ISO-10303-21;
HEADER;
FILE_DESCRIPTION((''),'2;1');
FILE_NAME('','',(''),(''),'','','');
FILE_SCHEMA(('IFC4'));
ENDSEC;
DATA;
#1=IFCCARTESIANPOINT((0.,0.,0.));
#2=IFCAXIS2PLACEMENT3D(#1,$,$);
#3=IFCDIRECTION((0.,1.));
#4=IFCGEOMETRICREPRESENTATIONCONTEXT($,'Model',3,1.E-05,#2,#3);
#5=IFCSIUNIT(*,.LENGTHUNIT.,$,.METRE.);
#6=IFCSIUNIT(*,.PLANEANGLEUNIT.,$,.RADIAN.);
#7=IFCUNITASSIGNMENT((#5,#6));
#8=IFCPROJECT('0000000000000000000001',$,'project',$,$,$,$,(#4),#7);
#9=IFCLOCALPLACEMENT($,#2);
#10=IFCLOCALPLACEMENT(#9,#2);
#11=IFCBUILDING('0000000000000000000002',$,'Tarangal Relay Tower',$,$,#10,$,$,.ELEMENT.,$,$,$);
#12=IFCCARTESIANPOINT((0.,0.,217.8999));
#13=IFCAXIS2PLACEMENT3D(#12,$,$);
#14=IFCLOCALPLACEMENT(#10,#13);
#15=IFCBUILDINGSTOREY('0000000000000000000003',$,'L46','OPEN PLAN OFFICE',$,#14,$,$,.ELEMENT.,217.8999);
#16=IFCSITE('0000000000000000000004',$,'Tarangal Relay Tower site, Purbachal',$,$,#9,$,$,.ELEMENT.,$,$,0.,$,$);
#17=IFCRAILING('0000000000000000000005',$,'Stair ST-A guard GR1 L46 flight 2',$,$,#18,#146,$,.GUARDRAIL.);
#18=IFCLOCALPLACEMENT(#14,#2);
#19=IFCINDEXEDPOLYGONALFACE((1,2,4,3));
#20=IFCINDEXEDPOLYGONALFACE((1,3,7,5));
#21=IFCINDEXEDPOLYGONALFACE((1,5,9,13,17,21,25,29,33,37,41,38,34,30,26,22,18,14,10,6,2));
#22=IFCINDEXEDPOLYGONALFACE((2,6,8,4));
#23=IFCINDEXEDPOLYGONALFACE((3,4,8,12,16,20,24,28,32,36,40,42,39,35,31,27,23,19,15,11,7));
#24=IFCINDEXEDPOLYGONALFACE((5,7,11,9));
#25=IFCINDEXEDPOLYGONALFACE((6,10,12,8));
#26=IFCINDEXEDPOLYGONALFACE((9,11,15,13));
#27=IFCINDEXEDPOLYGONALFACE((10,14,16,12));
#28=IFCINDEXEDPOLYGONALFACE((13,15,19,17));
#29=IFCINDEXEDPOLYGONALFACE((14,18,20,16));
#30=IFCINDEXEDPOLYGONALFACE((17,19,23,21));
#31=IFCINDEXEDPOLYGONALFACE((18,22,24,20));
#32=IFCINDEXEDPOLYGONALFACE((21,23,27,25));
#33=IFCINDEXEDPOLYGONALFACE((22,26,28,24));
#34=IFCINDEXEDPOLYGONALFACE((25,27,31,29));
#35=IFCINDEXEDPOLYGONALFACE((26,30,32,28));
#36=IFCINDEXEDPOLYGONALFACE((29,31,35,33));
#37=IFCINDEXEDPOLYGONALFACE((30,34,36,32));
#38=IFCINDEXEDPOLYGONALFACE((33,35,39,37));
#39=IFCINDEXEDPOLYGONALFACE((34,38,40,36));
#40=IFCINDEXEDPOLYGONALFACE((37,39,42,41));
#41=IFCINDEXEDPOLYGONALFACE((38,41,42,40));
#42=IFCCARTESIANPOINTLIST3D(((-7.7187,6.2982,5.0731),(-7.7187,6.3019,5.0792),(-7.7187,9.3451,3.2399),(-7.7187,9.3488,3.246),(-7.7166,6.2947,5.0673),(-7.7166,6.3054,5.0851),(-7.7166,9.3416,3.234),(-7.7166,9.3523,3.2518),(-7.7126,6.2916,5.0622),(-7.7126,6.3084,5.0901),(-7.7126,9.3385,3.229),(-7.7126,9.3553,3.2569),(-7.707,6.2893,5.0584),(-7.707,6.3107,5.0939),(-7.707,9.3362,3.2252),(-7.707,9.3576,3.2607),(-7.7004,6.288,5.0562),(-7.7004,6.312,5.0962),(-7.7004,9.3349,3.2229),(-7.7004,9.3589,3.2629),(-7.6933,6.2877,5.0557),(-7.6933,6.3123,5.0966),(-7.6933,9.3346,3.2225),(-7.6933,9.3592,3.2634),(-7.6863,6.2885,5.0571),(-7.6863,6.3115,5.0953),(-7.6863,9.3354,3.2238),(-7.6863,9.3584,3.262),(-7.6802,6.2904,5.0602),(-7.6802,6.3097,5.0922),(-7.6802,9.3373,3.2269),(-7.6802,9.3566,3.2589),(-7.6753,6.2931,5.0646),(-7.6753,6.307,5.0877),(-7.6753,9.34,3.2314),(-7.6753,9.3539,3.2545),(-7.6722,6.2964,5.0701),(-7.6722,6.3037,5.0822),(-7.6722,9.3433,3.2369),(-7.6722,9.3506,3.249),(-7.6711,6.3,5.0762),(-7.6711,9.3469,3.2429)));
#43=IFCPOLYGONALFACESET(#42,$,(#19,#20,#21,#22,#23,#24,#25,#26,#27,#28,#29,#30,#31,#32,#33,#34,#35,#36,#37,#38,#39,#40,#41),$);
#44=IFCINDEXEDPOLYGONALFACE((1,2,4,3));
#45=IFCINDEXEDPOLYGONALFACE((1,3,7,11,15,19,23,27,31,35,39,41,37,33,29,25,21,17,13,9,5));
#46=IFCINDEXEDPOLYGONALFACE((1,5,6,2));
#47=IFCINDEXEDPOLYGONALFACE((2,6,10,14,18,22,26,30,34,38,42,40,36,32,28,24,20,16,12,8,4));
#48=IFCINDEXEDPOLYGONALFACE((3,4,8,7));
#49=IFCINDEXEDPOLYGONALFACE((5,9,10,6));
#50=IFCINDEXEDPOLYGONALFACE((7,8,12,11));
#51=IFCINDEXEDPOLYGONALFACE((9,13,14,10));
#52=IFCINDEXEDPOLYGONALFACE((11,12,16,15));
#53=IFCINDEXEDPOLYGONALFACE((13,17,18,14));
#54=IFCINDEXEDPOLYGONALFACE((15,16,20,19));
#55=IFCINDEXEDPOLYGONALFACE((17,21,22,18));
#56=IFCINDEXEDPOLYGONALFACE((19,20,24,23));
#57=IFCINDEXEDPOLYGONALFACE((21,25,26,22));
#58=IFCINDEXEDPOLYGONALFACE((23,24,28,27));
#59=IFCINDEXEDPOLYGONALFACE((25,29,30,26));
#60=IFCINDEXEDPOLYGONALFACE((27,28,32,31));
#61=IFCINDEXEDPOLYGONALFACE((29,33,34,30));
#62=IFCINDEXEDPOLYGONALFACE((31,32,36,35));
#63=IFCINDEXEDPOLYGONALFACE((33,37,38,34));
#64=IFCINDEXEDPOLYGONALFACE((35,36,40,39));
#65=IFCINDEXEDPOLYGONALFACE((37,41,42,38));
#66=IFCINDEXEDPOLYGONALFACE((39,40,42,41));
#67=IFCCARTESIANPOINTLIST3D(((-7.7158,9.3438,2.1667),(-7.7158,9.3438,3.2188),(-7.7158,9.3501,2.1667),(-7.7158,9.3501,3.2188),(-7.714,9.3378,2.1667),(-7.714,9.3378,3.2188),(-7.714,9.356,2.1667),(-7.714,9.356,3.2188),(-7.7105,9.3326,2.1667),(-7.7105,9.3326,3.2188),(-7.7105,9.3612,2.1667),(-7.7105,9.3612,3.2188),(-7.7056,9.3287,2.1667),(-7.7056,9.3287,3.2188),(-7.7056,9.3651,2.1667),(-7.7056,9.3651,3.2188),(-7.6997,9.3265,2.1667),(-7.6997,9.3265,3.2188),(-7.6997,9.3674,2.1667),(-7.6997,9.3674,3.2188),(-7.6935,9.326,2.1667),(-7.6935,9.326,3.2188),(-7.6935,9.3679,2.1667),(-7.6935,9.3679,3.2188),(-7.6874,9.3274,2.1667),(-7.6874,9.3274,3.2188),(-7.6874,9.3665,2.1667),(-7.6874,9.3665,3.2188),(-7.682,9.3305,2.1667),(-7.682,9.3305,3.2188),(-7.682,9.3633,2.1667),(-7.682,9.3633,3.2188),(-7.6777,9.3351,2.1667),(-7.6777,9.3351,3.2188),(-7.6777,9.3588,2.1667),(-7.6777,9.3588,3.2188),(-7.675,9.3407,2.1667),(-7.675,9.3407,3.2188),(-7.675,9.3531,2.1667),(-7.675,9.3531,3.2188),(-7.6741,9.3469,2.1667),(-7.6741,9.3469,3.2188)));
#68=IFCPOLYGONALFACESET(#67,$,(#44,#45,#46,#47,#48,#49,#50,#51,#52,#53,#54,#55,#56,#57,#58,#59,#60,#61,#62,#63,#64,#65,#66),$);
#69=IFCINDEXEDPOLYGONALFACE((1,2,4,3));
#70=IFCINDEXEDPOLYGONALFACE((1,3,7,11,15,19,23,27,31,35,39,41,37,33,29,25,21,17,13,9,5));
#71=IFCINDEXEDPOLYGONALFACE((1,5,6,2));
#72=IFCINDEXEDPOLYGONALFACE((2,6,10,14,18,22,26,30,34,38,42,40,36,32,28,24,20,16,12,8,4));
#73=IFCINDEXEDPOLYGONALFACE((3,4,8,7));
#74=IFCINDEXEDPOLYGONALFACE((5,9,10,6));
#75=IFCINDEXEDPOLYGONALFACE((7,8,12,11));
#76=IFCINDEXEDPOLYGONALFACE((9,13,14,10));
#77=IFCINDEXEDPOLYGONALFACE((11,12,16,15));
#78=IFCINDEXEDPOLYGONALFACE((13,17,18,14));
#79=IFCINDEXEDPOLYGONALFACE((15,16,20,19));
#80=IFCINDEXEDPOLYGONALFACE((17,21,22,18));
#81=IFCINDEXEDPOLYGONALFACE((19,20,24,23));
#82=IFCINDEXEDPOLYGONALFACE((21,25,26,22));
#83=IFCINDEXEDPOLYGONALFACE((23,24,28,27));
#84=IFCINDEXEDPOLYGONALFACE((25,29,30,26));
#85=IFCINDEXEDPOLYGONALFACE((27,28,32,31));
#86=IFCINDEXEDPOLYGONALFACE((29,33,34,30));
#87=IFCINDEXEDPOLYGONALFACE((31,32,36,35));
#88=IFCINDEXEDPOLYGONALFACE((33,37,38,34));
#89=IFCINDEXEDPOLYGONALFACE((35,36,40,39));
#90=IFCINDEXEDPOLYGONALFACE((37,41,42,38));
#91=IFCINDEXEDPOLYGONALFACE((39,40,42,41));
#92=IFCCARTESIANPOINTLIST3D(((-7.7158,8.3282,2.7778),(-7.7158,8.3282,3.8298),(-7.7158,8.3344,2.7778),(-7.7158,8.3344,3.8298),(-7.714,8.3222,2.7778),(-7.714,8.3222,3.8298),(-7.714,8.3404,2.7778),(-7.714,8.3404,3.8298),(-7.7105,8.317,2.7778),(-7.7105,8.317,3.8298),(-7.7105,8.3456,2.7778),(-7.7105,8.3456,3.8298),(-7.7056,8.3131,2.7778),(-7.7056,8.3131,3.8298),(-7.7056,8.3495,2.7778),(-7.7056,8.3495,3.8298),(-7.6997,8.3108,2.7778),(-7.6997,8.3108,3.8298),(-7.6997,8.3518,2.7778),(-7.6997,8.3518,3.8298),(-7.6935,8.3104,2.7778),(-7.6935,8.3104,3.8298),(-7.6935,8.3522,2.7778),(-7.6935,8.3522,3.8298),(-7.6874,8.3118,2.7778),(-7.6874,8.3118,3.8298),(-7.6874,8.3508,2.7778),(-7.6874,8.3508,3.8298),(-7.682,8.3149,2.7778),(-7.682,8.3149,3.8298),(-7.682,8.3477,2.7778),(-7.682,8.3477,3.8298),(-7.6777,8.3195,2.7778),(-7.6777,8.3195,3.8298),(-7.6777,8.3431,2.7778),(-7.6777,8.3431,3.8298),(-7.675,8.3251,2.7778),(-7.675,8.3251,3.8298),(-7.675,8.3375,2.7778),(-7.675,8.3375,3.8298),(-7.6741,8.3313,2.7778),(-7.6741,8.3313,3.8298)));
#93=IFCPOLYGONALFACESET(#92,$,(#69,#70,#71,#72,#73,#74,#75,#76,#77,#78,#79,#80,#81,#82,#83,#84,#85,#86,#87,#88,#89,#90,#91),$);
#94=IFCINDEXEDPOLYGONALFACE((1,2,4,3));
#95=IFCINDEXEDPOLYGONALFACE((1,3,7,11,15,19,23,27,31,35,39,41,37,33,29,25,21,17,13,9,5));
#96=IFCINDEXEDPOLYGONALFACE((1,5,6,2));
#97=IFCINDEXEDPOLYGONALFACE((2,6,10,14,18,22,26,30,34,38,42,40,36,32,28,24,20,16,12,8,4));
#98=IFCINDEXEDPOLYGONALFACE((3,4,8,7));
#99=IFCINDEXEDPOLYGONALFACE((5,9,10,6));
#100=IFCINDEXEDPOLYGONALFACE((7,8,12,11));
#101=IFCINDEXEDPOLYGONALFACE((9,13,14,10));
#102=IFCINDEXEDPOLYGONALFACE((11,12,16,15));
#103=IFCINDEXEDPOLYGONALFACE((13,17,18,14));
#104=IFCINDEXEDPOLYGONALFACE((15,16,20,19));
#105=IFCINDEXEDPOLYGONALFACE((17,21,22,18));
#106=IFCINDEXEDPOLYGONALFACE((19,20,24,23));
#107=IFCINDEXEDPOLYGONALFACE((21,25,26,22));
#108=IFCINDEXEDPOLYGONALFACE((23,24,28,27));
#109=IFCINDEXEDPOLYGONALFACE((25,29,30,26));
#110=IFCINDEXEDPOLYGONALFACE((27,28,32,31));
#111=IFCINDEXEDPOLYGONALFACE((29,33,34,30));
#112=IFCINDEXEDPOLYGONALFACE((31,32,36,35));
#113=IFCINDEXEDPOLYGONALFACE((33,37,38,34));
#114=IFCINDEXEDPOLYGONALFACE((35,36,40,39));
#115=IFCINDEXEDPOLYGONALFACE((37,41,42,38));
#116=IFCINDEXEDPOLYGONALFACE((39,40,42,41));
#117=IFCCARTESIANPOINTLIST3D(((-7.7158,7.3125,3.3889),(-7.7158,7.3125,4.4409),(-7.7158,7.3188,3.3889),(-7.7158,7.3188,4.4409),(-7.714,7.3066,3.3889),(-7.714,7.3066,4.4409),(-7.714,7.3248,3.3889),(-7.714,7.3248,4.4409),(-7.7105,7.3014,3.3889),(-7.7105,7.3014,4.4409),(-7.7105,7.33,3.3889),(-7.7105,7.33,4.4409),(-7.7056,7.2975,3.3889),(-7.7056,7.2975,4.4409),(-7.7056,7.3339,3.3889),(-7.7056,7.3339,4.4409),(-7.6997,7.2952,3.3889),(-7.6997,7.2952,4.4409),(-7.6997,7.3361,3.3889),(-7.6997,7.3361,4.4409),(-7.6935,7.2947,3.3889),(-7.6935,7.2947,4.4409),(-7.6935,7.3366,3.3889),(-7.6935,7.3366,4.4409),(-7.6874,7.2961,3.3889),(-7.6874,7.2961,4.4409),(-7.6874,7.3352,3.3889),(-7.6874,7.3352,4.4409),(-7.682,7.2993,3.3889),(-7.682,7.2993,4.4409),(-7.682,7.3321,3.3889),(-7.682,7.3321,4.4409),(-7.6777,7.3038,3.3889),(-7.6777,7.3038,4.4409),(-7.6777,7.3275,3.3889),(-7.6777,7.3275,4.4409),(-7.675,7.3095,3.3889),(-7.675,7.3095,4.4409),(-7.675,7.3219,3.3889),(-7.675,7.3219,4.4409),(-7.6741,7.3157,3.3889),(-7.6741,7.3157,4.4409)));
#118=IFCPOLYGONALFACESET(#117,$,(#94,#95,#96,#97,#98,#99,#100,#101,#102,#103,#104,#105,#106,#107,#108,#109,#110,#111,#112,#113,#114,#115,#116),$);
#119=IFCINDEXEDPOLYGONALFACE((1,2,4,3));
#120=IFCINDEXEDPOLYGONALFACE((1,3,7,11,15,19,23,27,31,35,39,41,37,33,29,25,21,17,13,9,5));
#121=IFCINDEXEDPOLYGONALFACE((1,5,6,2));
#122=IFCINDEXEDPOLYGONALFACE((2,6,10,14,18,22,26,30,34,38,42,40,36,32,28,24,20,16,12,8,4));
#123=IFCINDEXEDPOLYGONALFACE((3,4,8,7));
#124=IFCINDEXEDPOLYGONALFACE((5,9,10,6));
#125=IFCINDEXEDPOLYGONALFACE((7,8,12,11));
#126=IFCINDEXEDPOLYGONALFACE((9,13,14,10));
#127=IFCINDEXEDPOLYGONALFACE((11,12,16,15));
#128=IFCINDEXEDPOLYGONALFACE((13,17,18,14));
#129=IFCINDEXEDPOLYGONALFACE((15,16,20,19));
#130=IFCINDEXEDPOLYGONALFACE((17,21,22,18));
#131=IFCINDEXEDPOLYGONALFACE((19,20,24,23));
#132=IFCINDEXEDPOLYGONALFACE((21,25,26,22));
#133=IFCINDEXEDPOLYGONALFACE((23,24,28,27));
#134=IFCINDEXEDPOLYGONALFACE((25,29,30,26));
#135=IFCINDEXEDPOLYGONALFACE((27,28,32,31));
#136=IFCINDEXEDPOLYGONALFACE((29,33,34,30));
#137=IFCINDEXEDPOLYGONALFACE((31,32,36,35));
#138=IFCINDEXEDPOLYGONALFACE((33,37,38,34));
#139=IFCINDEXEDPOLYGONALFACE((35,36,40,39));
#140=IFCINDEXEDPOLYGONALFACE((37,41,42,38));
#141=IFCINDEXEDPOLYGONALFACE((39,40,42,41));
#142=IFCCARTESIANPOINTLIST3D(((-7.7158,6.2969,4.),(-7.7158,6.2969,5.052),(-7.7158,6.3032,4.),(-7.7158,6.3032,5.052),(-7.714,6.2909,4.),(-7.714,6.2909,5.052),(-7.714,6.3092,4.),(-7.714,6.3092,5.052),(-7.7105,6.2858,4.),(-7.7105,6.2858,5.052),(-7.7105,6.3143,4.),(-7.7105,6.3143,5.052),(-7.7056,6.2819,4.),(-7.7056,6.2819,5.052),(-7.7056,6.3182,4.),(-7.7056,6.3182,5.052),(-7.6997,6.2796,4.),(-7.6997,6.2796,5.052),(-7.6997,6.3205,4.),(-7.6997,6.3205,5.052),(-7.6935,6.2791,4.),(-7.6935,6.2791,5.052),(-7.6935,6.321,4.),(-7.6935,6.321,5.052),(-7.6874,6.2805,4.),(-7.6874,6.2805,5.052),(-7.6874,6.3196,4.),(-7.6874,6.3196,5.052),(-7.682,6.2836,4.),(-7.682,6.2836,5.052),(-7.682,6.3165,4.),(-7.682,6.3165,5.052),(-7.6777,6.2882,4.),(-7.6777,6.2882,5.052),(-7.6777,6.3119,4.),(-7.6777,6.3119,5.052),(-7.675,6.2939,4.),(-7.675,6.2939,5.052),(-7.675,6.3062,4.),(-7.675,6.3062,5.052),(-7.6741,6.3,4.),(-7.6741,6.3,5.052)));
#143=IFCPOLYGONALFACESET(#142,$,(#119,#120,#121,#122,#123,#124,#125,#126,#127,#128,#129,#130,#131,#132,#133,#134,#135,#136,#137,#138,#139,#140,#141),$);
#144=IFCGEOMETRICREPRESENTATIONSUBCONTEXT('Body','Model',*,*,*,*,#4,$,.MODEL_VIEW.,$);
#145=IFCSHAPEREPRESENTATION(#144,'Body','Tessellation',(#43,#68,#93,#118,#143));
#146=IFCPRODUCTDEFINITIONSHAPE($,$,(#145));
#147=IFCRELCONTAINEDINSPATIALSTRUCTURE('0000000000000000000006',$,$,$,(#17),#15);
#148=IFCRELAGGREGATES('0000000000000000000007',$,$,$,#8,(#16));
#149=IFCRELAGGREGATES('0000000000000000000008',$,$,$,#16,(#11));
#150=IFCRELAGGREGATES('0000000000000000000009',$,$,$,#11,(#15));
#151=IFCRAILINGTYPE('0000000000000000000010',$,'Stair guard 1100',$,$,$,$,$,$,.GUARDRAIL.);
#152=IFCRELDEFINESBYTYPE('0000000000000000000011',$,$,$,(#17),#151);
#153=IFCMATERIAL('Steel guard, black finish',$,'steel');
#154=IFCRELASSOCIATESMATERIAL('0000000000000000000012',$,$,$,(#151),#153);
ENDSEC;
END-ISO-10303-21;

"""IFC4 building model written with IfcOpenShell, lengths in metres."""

from ifc_helpers import new_model, si_unit, direction, frame, origin, origin_2d, place, context, subcontext, project, spatial, circle, extrude, material, type_object, element, save


model = new_model("IFC4")

# Units and contexts
model_context = context("Model", 3, precision=1e-05, world=origin(), true_north=direction((0.0, 1.0)))
body_context = subcontext(model_context, "Body", "Model", "MODEL_VIEW")
ifc_project = project(units=[si_unit("LENGTHUNIT", "METRE"), si_unit("PLANEANGLEUNIT", "RADIAN")], contexts=[model_context])

# Site, building, storey
site_placement = place(None, origin())
site = spatial("IfcSite", under=ifc_project, at=site_placement, Name="Tarangal Relay Tower site, Purbachal", CompositionType="ELEMENT", RefElevation=0.0)
building_placement = place(site_placement, origin())
building = spatial("IfcBuilding", under=site, at=building_placement, Name="Tarangal Relay Tower", CompositionType="ELEMENT")
storey_placement = place(building_placement, frame((0.0, 0.0, 217.8999)))
storey = spatial("IfcBuildingStorey", under=building, at=storey_placement, Name="L46", Description="OPEN PLAN OFFICE", CompositionType="ELEMENT", Elevation=217.8999)

# Railing
ifc_material_1 = material(Name="Steel guard, black finish", Category="steel")
railing_type_1 = type_object("IfcRailingType", Name="Stair guard 1100", PredefinedType="GUARDRAIL", material=ifc_material_1)
railing_1_placement = place(storey_placement, frame((-7.6951, 9.3469, 2.1667)))
element("IfcRailing", 1, at=railing_1_placement, inside=storey, type_object=railing_type_1, Name="Stair ST-A guard GR1 L46 flight 2", PredefinedType="GUARDRAIL", context=body_context, shape_type="SweptSolid", body=[
    extrude(circle(Radius=0.0239, at=origin_2d()), frame((0.0, 0.0, 1.0762), z_axis=(0.0, -0.856856, 0.515556), x_axis=(1.0, 0.0, 0.0)), (0.0, 0.0, 1.0), 3.5559),
    extrude(circle(Radius=0.021, at=origin_2d()), origin(), (0.0, 0.0, 1.0), 1.052),
    extrude(circle(Radius=0.021, at=origin_2d()), frame((0.0, -1.0156, 0.6111)), (0.0, 0.0, 1.0), 1.052),
    extrude(circle(Radius=0.021, at=origin_2d()), frame((0.0, -2.0312, 1.2222)), (0.0, 0.0, 1.0), 1.052),
    extrude(circle(Radius=0.021, at=origin_2d()), frame((0.0, -3.0469, 1.8333)), (0.0, 0.0, 1.0), 1.052),
])

save(model, "model.ifc")
